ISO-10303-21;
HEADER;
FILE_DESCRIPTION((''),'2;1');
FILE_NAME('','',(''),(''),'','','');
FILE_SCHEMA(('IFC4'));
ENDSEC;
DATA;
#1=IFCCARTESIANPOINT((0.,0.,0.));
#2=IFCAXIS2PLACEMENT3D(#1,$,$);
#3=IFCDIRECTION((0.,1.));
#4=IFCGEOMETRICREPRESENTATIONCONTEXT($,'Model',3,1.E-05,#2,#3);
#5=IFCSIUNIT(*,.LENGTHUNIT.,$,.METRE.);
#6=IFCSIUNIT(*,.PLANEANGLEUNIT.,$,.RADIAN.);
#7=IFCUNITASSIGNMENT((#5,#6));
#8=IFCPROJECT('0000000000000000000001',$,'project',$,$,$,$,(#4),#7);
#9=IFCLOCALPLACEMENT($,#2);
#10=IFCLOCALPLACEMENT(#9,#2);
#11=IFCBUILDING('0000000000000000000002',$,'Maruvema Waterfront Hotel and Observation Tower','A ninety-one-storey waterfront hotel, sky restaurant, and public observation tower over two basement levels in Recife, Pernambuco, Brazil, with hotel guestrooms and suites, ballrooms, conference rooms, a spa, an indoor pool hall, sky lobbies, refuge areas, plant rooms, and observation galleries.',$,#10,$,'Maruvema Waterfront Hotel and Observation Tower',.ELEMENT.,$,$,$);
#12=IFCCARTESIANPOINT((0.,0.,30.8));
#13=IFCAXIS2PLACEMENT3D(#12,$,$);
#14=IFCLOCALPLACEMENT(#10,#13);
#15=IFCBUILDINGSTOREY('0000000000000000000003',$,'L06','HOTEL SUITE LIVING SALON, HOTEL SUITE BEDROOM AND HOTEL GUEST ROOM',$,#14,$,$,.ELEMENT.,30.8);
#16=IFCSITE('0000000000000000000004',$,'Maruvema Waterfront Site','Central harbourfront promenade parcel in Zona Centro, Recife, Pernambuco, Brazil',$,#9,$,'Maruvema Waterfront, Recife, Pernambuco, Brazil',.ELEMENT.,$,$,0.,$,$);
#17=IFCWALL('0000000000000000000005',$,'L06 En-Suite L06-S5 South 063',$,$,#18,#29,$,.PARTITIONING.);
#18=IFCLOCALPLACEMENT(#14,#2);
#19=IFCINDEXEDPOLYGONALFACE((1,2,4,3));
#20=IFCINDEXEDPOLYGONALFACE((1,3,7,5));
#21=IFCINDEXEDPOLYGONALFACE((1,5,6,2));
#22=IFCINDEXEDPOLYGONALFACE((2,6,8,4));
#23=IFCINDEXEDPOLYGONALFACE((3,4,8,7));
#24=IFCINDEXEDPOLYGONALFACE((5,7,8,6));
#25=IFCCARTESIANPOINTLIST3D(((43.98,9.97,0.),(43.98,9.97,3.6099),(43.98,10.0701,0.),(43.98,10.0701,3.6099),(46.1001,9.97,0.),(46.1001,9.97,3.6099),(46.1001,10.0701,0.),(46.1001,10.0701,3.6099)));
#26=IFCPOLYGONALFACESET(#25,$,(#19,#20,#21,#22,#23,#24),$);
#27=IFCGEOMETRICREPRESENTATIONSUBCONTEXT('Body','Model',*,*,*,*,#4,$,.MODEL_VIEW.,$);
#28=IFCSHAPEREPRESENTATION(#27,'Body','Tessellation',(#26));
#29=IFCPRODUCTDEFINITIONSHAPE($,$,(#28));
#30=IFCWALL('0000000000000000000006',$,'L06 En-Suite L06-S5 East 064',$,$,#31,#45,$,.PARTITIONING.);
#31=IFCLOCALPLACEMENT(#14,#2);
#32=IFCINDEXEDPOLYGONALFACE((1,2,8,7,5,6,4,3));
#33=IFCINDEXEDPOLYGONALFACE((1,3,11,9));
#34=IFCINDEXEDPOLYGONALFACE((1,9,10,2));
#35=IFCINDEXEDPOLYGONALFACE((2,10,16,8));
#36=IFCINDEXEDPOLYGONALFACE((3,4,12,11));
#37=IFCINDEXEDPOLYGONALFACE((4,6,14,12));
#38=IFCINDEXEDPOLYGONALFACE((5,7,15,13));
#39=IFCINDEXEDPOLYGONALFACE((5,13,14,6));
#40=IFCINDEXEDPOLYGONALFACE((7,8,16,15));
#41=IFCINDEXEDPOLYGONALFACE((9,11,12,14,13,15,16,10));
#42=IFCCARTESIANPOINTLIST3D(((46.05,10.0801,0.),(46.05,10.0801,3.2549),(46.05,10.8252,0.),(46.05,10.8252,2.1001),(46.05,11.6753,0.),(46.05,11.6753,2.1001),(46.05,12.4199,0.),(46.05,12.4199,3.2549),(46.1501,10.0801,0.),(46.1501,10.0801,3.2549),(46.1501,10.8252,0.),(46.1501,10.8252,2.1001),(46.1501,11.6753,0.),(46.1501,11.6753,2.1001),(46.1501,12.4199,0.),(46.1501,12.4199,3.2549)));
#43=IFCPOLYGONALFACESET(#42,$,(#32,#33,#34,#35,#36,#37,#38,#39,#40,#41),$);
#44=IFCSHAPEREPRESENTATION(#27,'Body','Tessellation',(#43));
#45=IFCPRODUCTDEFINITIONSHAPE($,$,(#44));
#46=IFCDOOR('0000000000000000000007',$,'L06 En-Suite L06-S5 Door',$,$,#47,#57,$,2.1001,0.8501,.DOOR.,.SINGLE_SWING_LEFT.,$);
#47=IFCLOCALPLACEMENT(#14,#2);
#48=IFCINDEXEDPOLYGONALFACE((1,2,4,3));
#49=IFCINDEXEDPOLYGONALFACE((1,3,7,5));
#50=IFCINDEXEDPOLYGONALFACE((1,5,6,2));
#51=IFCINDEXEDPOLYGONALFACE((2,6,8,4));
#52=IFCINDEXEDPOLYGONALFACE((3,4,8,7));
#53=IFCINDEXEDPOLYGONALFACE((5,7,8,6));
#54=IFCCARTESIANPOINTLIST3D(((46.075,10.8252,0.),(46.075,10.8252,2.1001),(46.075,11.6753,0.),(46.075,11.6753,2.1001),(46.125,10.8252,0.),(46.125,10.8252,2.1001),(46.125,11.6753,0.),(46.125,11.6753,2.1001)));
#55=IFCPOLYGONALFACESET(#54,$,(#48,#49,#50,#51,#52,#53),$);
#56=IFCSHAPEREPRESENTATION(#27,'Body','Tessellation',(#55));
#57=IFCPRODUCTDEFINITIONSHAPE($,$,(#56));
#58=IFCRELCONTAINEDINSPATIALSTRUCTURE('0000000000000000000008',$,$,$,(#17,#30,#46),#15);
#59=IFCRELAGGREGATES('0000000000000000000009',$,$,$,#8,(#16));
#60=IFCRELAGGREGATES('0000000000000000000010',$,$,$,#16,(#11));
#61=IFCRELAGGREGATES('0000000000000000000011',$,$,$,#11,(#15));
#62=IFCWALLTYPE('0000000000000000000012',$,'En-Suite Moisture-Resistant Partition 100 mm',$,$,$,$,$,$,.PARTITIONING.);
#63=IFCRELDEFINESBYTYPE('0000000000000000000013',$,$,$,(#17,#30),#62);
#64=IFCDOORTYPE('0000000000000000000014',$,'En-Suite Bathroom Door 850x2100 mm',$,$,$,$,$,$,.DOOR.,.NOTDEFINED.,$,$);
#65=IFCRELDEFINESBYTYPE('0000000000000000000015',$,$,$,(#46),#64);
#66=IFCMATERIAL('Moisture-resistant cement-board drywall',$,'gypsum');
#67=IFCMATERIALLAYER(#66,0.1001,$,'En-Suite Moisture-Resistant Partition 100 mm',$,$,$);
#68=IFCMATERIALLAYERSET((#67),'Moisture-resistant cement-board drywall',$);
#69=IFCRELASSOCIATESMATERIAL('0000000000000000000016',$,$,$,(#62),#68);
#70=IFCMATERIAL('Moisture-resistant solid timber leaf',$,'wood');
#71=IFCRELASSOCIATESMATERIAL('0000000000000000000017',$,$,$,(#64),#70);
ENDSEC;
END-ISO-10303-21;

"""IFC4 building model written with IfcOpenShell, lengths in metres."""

from ifc_helpers import new_model, si_unit, direction, frame, frame_2d, origin, place, context, subcontext, project, spatial, rectangle, extrude, material, layer, layer_set, type_object, element, fill, save


model = new_model("IFC4")

# Units and contexts
model_context = context("Model", 3, precision=1e-05, world=origin(), true_north=direction((0.0, 1.0)))
body_context = subcontext(model_context, "Body", "Model", "MODEL_VIEW")
ifc_project = project(units=[si_unit("LENGTHUNIT", "METRE"), si_unit("PLANEANGLEUNIT", "RADIAN")], contexts=[model_context])

# Site, building, storey
site_placement = place(None, origin())
site = spatial("IfcSite", under=ifc_project, at=site_placement, Name="Maruvema Waterfront Site", Description="Central harbourfront promenade parcel in Zona Centro, Recife, Pernambuco, Brazil", LongName="Maruvema Waterfront, Recife, Pernambuco, Brazil", CompositionType="ELEMENT", RefElevation=0.0)
building_placement = place(site_placement, origin())
building = spatial("IfcBuilding", under=site, at=building_placement, Name="Maruvema Waterfront Hotel and Observation Tower", Description="A ninety-one-storey waterfront hotel, sky restaurant, and public observation tower over two basement levels in Recife, Pernambuco, Brazil, with hotel guestrooms and suites, ballrooms, conference rooms, a spa, an indoor pool hall, sky lobbies, refuge areas, plant rooms, and observation galleries.", LongName="Maruvema Waterfront Hotel and Observation Tower", CompositionType="ELEMENT")
storey_placement = place(building_placement, frame((0.0, 0.0, 30.8)))
storey = spatial("IfcBuildingStorey", under=building, at=storey_placement, Name="L06", Description="HOTEL SUITE LIVING SALON, HOTEL SUITE BEDROOM AND HOTEL GUEST ROOM", CompositionType="ELEMENT", Elevation=30.8)

# Shared definitions
ifc_material_1 = material(Name="Moisture-resistant cement-board drywall", Category="gypsum")
ifc_layer_1 = layer(ifc_material_1, 0.1001, Name="En-Suite Moisture-Resistant Partition 100 mm")
ifc_layer_set_1 = layer_set([ifc_layer_1], Name="Moisture-resistant cement-board drywall")
wall_type_1 = type_object("IfcWallType", Name="En-Suite Moisture-Resistant Partition 100 mm", PredefinedType="PARTITIONING", material=ifc_layer_set_1)

# Shared definitions
ifc_material_2 = material(Name="Moisture-resistant solid timber leaf", Category="wood")
door_type_1 = type_object("IfcDoorType", Name="En-Suite Bathroom Door 850x2100 mm", OperationType="NOTDEFINED", PredefinedType="DOOR", material=ifc_material_2)

# Wall
wall_1_placement = place(storey_placement, frame((43.98, 10.02, 0.0), z_axis=(0.0, 0.0, 1.0), x_axis=(1.0, 0.0, 0.0)))
element("IfcWall", 1, at=wall_1_placement, inside=storey, type_object=wall_type_1, Name="L06 En-Suite L06-S5 South 063", PredefinedType="PARTITIONING", context=body_context, shape_type="SweptSolid", body=[
    extrude(rectangle(XDim=2.1201, YDim=0.1001, at=frame_2d((1.0601, 0.0))), origin(), (0.0, 0.0, 1.0), 3.6099),
])

# Wall, opening, door
wall_2_placement = place(storey_placement, frame((46.1001, 10.0801, 0.0), z_axis=(0.0, 0.0, 1.0), x_axis=(0.0, 1.0, 0.0)))
wall_2 = element("IfcWall", 2, at=wall_2_placement, inside=storey, type_object=wall_type_1, Name="L06 En-Suite L06-S5 East 064", PredefinedType="PARTITIONING", context=body_context, shape_type="SweptSolid", body=[
    extrude(rectangle(XDim=2.3398, YDim=0.1001, at=frame_2d((1.1699, 0.0))), origin(), (0.0, 0.0, 1.0), 3.2549),
])
opening_1_placement = place(wall_2_placement, frame((0.7451, 0.0, 0.0)))
opening_1 = element("IfcOpeningElement", 3, at=opening_1_placement, cuts=wall_2, PredefinedType="OPENING", context=body_context, shape_type="SweptSolid", body=[
    extrude(rectangle(XDim=0.8501, YDim=2.1001, at=frame_2d((0.425, 1.05))), frame((0.0, 0.0601, 0.0), z_axis=(0.0, -1.0, 0.0), x_axis=(1.0, 0.0, 0.0)), (0.0, 0.0, 1.0), 0.1201),
])
door_1_placement = place(opening_1_placement, frame((0.8501, 0.0, 0.0), z_axis=(0.0, 0.0, 1.0), x_axis=(-1.0, 0.0, 0.0)))
door_1 = element("IfcDoor", 4, at=door_1_placement, inside=storey, type_object=door_type_1, Name="L06 En-Suite L06-S5 Door", OperationType="SINGLE_SWING_LEFT", OverallHeight=2.1001, OverallWidth=0.8501, PredefinedType="DOOR", context=body_context, shape_type="SweptSolid", body=[
    extrude(rectangle(XDim=0.8501, YDim=2.1001, at=frame_2d((0.425, 1.05))), frame((0.0, 0.0249, 0.0), z_axis=(0.0, -1.0, 0.0), x_axis=(1.0, 0.0, 0.0)), (0.0, 0.0, 1.0), 0.05),
])
fill(opening_1, door_1)

save(model, "model.ifc")
